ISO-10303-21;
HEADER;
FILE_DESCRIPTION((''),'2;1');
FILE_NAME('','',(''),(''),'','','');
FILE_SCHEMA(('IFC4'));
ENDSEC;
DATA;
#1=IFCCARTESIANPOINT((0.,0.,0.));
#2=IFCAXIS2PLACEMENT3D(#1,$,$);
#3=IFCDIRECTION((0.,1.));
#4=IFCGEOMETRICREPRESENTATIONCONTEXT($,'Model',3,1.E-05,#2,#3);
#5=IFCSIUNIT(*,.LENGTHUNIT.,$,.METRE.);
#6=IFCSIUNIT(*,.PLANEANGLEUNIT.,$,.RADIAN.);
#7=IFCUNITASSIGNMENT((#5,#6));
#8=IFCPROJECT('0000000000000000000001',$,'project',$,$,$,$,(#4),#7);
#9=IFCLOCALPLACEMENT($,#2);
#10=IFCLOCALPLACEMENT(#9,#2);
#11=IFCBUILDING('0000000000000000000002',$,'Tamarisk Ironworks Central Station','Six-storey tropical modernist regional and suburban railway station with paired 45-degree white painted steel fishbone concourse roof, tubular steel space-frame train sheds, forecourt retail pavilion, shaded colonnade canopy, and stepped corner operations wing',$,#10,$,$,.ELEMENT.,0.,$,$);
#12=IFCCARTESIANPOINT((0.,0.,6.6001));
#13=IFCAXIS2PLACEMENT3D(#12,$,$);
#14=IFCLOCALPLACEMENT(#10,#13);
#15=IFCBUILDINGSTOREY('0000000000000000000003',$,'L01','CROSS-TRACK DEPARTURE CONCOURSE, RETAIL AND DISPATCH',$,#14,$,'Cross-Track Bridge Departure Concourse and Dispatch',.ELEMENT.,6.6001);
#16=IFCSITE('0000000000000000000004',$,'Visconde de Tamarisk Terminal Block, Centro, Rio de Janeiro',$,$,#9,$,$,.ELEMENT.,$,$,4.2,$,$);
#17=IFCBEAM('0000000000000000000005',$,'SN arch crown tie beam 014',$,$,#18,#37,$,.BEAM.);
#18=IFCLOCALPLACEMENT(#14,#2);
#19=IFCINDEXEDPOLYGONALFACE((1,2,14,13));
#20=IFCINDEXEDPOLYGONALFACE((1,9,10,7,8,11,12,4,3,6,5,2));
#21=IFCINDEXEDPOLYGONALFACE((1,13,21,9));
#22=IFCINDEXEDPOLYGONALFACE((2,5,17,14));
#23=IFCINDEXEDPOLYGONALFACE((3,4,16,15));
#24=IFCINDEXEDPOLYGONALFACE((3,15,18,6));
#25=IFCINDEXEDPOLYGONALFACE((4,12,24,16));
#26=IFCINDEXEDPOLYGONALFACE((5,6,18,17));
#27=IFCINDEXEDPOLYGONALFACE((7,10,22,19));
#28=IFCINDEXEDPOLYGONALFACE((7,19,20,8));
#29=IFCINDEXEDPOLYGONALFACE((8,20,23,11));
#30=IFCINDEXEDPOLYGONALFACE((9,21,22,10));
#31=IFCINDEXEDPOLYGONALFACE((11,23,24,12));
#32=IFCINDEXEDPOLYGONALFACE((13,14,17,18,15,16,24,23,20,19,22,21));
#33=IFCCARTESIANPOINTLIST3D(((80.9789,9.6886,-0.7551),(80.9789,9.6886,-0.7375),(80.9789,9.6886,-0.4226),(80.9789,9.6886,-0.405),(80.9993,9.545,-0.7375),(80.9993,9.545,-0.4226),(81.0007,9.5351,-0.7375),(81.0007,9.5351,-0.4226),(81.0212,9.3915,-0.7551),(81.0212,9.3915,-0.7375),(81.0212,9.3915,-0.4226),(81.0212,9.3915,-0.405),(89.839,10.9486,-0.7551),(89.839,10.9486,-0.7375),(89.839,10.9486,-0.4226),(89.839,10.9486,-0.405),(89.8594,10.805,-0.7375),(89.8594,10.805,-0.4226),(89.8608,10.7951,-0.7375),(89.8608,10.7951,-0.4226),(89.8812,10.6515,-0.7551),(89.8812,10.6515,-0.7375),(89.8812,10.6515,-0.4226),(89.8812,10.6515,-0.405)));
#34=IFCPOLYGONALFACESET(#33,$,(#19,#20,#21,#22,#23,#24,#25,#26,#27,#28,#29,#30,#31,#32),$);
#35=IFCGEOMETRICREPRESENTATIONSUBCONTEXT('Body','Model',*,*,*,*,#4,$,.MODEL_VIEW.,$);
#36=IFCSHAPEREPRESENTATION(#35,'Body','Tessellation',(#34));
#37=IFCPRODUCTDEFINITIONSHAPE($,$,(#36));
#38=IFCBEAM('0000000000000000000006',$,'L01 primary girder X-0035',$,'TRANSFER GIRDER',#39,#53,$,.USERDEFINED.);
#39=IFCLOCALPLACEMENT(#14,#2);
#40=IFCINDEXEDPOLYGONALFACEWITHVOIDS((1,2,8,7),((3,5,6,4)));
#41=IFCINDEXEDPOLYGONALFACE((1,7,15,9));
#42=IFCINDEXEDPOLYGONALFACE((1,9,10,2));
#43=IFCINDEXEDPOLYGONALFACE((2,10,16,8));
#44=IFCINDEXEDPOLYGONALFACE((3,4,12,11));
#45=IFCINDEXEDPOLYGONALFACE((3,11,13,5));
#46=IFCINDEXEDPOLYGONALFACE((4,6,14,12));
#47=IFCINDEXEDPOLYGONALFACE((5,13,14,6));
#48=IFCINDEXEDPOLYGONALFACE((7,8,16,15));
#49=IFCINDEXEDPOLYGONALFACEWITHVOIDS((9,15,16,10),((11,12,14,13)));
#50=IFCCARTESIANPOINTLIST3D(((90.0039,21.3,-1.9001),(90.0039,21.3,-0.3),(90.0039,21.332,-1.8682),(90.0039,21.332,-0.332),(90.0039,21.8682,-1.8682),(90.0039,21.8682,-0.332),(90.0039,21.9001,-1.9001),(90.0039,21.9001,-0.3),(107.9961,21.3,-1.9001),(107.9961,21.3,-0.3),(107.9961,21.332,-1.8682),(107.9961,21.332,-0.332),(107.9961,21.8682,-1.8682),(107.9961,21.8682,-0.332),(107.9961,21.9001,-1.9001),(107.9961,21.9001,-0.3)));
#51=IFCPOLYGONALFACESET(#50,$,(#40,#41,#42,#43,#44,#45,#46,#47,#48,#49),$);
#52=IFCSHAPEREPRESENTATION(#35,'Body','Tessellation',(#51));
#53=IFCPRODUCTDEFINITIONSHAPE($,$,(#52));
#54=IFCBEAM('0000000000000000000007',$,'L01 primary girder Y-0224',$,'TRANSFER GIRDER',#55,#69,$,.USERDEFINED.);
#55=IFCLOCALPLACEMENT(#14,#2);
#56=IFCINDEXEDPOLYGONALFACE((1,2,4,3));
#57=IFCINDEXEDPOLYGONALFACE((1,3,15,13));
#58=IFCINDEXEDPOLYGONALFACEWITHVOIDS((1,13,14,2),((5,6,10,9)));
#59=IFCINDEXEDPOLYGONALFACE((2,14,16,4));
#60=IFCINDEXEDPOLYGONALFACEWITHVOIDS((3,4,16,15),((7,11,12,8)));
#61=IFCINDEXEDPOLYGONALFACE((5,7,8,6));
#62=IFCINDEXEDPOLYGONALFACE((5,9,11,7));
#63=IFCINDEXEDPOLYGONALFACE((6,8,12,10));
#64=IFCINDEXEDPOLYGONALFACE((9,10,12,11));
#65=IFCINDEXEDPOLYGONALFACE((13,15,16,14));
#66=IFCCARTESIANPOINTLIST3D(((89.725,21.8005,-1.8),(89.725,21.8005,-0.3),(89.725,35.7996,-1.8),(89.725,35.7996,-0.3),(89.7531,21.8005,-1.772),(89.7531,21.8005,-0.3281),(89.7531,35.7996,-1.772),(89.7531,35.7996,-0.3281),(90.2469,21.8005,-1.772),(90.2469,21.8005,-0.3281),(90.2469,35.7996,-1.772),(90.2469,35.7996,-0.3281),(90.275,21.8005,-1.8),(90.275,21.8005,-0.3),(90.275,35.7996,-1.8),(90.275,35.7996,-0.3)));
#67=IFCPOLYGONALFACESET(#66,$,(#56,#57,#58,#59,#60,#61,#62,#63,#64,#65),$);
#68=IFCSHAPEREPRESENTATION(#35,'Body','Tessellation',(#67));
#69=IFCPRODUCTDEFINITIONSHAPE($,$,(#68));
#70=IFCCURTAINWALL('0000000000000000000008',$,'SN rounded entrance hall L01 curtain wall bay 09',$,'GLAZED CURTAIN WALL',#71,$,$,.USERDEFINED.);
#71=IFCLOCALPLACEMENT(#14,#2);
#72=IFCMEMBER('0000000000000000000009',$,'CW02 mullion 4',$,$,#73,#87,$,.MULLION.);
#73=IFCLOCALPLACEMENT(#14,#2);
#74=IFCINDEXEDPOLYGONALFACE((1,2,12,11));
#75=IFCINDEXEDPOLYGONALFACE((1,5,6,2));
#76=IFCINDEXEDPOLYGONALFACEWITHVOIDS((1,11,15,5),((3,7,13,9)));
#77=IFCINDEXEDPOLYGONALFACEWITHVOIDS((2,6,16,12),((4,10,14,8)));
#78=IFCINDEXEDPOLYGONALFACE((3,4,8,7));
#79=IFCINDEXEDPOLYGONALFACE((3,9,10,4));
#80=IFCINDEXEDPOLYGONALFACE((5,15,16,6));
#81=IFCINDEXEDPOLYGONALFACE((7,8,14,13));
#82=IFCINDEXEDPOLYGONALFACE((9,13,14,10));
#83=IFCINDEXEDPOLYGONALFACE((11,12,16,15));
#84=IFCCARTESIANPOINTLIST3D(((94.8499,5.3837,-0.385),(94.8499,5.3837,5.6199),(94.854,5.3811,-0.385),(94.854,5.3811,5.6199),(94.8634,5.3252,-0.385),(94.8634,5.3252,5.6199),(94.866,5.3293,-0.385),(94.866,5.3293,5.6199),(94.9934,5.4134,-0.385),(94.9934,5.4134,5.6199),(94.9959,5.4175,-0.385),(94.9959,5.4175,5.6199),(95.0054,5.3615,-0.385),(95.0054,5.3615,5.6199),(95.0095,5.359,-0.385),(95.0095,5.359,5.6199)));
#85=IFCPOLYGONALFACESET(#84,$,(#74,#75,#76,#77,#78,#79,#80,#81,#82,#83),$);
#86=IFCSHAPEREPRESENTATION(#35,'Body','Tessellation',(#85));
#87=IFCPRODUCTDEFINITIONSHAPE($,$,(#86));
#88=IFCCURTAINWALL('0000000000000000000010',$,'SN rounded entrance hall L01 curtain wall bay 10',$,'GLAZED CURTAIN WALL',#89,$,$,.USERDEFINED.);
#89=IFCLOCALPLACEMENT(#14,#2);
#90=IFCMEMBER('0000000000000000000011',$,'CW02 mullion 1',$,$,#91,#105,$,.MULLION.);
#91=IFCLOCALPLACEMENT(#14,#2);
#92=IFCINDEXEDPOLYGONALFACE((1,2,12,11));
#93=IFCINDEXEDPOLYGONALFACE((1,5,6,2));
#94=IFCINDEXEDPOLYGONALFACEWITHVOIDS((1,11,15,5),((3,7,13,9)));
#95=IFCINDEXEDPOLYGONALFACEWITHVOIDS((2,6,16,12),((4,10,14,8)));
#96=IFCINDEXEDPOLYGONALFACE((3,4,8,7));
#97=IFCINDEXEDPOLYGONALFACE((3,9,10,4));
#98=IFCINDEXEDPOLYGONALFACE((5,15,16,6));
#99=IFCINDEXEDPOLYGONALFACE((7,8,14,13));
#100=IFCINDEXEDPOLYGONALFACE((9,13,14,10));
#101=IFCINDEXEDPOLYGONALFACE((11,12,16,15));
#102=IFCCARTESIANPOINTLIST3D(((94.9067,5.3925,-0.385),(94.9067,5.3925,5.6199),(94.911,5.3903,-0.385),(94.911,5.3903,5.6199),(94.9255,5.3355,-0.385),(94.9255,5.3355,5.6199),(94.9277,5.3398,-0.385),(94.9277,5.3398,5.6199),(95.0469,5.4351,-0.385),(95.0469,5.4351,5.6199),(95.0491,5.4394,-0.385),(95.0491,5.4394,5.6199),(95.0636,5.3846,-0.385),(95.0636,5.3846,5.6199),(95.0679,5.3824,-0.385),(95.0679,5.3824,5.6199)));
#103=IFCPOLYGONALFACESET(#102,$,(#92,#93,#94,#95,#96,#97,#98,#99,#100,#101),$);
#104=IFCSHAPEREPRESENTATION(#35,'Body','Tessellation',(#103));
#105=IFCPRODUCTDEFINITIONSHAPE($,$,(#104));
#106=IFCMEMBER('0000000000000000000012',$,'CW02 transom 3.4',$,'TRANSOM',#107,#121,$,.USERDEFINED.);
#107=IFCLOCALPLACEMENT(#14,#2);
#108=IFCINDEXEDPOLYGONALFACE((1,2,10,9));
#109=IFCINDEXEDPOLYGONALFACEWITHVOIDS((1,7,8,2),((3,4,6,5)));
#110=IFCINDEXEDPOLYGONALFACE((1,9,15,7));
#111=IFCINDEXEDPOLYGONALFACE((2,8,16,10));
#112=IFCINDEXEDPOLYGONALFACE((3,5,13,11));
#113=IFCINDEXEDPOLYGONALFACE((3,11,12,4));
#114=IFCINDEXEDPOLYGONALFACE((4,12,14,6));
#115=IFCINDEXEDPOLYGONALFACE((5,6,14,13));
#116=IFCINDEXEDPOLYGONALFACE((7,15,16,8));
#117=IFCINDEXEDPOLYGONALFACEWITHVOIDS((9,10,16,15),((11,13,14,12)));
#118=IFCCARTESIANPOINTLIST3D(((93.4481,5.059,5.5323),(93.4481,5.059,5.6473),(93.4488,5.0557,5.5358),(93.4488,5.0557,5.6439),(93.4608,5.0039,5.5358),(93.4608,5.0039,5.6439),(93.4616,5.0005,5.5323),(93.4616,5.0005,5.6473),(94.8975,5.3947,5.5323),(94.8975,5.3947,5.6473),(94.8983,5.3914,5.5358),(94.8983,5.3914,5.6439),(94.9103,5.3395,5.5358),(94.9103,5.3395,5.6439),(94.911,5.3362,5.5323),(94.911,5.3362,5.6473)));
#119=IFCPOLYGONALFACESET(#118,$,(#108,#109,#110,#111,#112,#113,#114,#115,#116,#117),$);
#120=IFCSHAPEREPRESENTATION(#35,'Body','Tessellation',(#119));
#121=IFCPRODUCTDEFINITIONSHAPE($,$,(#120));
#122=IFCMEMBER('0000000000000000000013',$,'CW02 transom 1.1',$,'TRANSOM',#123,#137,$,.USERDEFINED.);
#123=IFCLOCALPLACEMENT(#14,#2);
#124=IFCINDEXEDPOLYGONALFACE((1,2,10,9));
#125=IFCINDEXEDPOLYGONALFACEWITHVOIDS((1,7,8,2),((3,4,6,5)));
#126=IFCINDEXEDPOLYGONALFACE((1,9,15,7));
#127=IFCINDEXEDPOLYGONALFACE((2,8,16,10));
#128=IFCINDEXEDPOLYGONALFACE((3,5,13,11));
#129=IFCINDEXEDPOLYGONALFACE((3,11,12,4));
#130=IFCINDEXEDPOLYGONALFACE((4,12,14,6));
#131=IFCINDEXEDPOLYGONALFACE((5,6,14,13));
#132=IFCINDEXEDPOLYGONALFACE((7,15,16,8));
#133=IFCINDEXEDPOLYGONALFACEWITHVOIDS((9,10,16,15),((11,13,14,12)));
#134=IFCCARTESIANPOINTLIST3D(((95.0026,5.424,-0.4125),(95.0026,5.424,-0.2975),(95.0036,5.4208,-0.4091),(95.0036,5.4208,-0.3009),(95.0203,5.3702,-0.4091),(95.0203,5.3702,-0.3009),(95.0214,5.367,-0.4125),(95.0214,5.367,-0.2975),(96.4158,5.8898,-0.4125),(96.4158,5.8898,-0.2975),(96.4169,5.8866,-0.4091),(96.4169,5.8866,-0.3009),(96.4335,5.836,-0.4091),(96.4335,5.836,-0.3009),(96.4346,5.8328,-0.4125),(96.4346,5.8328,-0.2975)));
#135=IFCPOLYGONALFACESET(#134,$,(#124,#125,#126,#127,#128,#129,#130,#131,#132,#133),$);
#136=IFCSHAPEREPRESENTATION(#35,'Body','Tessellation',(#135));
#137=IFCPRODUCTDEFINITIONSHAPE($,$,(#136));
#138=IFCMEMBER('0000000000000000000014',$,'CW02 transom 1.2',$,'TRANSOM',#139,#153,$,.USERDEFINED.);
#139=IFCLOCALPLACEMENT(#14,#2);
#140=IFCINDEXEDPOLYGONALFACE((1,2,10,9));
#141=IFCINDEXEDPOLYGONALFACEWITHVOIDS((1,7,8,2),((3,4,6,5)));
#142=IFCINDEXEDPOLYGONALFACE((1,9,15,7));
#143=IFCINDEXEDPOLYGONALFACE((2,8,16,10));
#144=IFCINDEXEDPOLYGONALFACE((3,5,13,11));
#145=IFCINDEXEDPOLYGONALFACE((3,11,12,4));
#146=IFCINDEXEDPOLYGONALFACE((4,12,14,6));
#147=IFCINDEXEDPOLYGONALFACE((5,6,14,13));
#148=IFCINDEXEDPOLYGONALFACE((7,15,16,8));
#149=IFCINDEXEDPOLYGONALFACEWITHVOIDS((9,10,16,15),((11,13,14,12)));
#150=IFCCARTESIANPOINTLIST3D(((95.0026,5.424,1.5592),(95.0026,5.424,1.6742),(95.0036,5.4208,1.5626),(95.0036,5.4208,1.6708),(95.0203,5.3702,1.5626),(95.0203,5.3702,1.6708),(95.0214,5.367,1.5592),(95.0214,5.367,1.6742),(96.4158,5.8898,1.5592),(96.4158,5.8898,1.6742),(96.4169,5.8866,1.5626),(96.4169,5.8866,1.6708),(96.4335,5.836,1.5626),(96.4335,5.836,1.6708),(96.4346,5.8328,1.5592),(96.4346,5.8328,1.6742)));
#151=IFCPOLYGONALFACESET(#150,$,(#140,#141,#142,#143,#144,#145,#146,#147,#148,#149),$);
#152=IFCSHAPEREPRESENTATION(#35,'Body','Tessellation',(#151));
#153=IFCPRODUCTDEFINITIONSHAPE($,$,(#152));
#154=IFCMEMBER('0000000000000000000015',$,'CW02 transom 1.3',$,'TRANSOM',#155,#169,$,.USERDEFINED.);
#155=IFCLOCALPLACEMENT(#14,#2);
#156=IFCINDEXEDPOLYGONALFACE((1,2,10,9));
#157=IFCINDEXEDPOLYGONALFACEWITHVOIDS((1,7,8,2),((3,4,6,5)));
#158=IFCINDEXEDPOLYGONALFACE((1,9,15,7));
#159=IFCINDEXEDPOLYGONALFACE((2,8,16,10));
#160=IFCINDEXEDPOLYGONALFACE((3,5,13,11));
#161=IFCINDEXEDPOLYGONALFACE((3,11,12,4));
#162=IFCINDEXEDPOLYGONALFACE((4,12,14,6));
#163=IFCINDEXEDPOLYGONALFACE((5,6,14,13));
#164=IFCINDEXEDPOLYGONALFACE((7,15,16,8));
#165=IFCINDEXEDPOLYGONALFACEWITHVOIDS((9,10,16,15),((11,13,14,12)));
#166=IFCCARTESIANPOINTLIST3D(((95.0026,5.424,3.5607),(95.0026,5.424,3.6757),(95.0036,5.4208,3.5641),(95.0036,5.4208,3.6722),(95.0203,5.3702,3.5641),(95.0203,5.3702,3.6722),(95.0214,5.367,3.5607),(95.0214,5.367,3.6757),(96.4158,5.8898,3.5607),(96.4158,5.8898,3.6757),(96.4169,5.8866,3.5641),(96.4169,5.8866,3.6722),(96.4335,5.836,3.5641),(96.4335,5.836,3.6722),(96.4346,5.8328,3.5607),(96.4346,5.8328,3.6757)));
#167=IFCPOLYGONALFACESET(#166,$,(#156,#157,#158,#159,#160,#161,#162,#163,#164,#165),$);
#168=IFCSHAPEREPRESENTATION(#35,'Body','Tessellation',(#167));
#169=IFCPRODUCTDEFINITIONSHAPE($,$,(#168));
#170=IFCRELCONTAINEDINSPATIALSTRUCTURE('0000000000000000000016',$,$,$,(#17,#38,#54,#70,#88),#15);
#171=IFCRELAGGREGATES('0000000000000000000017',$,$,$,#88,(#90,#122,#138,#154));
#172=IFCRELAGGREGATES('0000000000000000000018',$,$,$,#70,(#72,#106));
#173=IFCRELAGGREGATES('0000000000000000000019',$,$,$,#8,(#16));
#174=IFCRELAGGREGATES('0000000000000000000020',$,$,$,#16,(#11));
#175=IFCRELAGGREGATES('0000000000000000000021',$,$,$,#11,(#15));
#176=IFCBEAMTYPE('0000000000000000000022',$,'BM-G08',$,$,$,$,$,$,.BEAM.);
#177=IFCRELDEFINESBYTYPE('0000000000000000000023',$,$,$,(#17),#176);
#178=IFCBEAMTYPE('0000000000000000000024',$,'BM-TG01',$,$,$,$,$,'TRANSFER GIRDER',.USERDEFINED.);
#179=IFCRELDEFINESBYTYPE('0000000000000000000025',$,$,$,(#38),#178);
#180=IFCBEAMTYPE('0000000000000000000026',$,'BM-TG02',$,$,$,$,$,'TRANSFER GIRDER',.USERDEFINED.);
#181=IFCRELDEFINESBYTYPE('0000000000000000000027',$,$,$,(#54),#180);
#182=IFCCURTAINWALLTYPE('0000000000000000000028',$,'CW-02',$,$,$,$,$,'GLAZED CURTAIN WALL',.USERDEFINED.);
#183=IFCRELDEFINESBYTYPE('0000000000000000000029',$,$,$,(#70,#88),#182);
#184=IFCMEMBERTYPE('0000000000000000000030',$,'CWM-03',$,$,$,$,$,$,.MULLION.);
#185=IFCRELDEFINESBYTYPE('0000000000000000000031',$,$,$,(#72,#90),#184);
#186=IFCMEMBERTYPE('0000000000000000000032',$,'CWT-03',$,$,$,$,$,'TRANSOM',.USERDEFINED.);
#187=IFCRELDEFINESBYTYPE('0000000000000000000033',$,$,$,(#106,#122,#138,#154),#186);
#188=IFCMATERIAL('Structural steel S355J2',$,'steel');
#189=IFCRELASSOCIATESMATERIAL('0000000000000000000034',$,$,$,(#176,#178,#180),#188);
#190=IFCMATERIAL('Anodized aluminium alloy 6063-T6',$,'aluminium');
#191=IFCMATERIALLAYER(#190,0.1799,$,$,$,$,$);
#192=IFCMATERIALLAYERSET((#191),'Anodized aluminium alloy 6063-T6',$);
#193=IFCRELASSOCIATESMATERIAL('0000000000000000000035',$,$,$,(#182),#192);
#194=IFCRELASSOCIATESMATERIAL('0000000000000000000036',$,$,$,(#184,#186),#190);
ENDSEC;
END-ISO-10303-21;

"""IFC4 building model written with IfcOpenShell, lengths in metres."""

from ifc_helpers import new_model, si_unit, direction, frame, origin, origin_2d, place, context, subcontext, project, spatial, hollow_rectangle, i_section, extrude, material, layer, layer_set, material_profile, profile_set, type_object, element, aggregate, save


model = new_model("IFC4")

# Units and contexts
model_context = context("Model", 3, precision=1e-05, world=origin(), true_north=direction((0.0, 1.0)))
body_context = subcontext(model_context, "Body", "Model", "MODEL_VIEW")
ifc_project = project(units=[si_unit("LENGTHUNIT", "METRE"), si_unit("PLANEANGLEUNIT", "RADIAN")], contexts=[model_context])

# Site, building, storey
site_placement = place(None, origin())
site = spatial("IfcSite", under=ifc_project, at=site_placement, Name="Visconde de Tamarisk Terminal Block, Centro, Rio de Janeiro", CompositionType="ELEMENT", RefElevation=4.2)
building_placement = place(site_placement, origin())
building = spatial("IfcBuilding", under=site, at=building_placement, Name="Tamarisk Ironworks Central Station", Description="Six-storey tropical modernist regional and suburban railway station with paired 45-degree white painted steel fishbone concourse roof, tubular steel space-frame train sheds, forecourt retail pavilion, shaded colonnade canopy, and stepped corner operations wing", CompositionType="ELEMENT", ElevationOfRefHeight=0.0)
storey_placement = place(building_placement, frame((0.0, 0.0, 6.6001)))
storey = spatial("IfcBuildingStorey", under=building, at=storey_placement, Name="L01", Description="CROSS-TRACK DEPARTURE CONCOURSE, RETAIL AND DISPATCH", LongName="Cross-Track Bridge Departure Concourse and Dispatch", CompositionType="ELEMENT", Elevation=6.6001)

# Shared definitions
ifc_material_1 = material(Name="Structural steel S355J2", Category="steel")

# Beams
ifc_material_profile_1 = material_profile(ifc_material_1, i_section(OverallWidth=0.3, OverallDepth=0.3501, WebThickness=0.01, FlangeThickness=0.0176, at=origin_2d()), Name="HEA 360")
ifc_profile_set_1 = profile_set([ifc_material_profile_1], Name="Structural steel S355J2")
beam_type_1 = type_object("IfcBeamType", Name="BM-G08", PredefinedType="BEAM", material=ifc_profile_set_1)
beam_1_placement = place(storey_placement, frame((89.8601, 10.8, -0.5801), z_axis=(-0.990039, -0.140795, 0.0), x_axis=(0.140795, -0.990039, 0.0)))
element("IfcBeam", 1, at=beam_1_placement, inside=storey, type_object=beam_type_1, Name="SN arch crown tie beam 014", PredefinedType="BEAM", context=body_context, shape_type="SweptSolid", body=[
    extrude(i_section(OverallWidth=0.3, OverallDepth=0.3501, WebThickness=0.01, FlangeThickness=0.0176, at=origin_2d()), origin(), (0.0, 0.0, 1.0), 8.9492),
])
ifc_material_profile_2 = material_profile(ifc_material_1, hollow_rectangle(XDim=0.6001, YDim=1.6001, WallThickness=0.032, at=origin_2d()), Name="BOX 600x1600x32")
ifc_profile_set_2 = profile_set([ifc_material_profile_2], Name="Structural steel S355J2")
beam_type_2 = type_object("IfcBeamType", Name="BM-TG01", ElementType="TRANSFER GIRDER", PredefinedType="USERDEFINED", material=ifc_profile_set_2)
beam_2_placement = place(storey_placement, frame((90.0039, 21.6001, -1.1001), z_axis=(1.0, 0.0, 0.0), x_axis=(0.0, 1.0, 0.0)))
element("IfcBeam", 2, at=beam_2_placement, inside=storey, type_object=beam_type_2, Name="L01 primary girder X-0035", ObjectType="TRANSFER GIRDER", PredefinedType="USERDEFINED", context=body_context, shape_type="SweptSolid", body=[
    extrude(hollow_rectangle(XDim=0.6001, YDim=1.6001, WallThickness=0.032, at=origin_2d()), origin(), (0.0, 0.0, 1.0), 17.9922),
])
ifc_material_profile_3 = material_profile(ifc_material_1, hollow_rectangle(XDim=0.55, YDim=1.5, WallThickness=0.0281, at=origin_2d()), Name="BOX 550x1500x28")
ifc_profile_set_3 = profile_set([ifc_material_profile_3], Name="Structural steel S355J2")
beam_type_3 = type_object("IfcBeamType", Name="BM-TG02", ElementType="TRANSFER GIRDER", PredefinedType="USERDEFINED", material=ifc_profile_set_3)
beam_3_placement = place(storey_placement, frame((90.0, 21.8005, -1.05), z_axis=(0.0, 1.0, 0.0), x_axis=(-1.0, 0.0, 0.0)))
element("IfcBeam", 3, at=beam_3_placement, inside=storey, type_object=beam_type_3, Name="L01 primary girder Y-0224", ObjectType="TRANSFER GIRDER", PredefinedType="USERDEFINED", context=body_context, shape_type="SweptSolid", body=[
    extrude(hollow_rectangle(XDim=0.55, YDim=1.5, WallThickness=0.0281, at=origin_2d()), origin(), (0.0, 0.0, 1.0), 13.999),
])

# Curtain walls, members
ifc_material_2 = material(Name="Anodized aluminium alloy 6063-T6", Category="aluminium")
ifc_layer_1 = layer(ifc_material_2, 0.1799)
ifc_layer_set_1 = layer_set([ifc_layer_1], Name="Anodized aluminium alloy 6063-T6")
curtain_wall_type = type_object("IfcCurtainWallType", Name="CW-02", ElementType="GLAZED CURTAIN WALL", PredefinedType="USERDEFINED", material=ifc_layer_set_1)
curtain_wall_1_placement = place(storey_placement, origin())
curtain_wall_1 = element("IfcCurtainWall", 4, at=curtain_wall_1_placement, inside=storey, type_object=curtain_wall_type, Name="SN rounded entrance hall L01 curtain wall bay 09", ObjectType="GLAZED CURTAIN WALL", PredefinedType="USERDEFINED")
ifc_material_profile_4 = material_profile(ifc_material_2, hollow_rectangle(XDim=0.0601, YDim=0.1499, WallThickness=0.0034, at=origin_2d()), Name="ALUM 150x60")
ifc_profile_set_4 = profile_set([ifc_material_profile_4], Name="Anodized aluminium alloy 6063-T6")
member_type_1 = type_object("IfcMemberType", Name="CWM-03", PredefinedType="MULLION", material=ifc_profile_set_4)
member_1_placement = place(storey_placement, frame((94.9297, 5.3713, -0.385), z_axis=(0.0, 0.0, 1.0), x_axis=(-0.225517, 0.974239, 0.0)))
member_1 = element("IfcMember", 5, at=member_1_placement, type_object=member_type_1, Name="CW02 mullion 4", PredefinedType="MULLION", context=body_context, shape_type="SweptSolid", body=[
    extrude(hollow_rectangle(XDim=0.0601, YDim=0.1499, WallThickness=0.0034, at=origin_2d()), origin(), (0.0, 0.0, 1.0), 6.0049),
])
curtain_wall_2_placement = place(storey_placement, origin())
curtain_wall_2 = element("IfcCurtainWall", 6, at=curtain_wall_2_placement, inside=storey, type_object=curtain_wall_type, Name="SN rounded entrance hall L01 curtain wall bay 10", ObjectType="GLAZED CURTAIN WALL", PredefinedType="USERDEFINED")
member_2_placement = place(storey_placement, frame((94.9873, 5.3875, -0.385), z_axis=(0.0, 0.0, 1.0), x_axis=(-0.313098, 0.949721, 0.0)))
member_2 = element("IfcMember", 7, at=member_2_placement, type_object=member_type_1, Name="CW02 mullion 1", PredefinedType="MULLION", context=body_context, shape_type="SweptSolid", body=[
    extrude(hollow_rectangle(XDim=0.0601, YDim=0.1499, WallThickness=0.0034, at=origin_2d()), origin(), (0.0, 0.0, 1.0), 6.0049),
])

# Members
ifc_material_profile_5 = material_profile(ifc_material_2, hollow_rectangle(XDim=0.0601, YDim=0.115, WallThickness=0.0034, at=origin_2d()), Name="ALUM 115x60")
ifc_profile_set_5 = profile_set([ifc_material_profile_5], Name="Anodized aluminium alloy 6063-T6")
member_type_2 = type_object("IfcMemberType", Name="CWT-03", ElementType="TRANSOM", PredefinedType="USERDEFINED", material=ifc_profile_set_5)
member_3_placement = place(storey_placement, frame((93.4548, 5.0298, 5.5898), z_axis=(0.974214, 0.225626, 0.0), x_axis=(-0.225626, 0.974214, 0.0)))
member_3 = element("IfcMember", 8, at=member_3_placement, type_object=member_type_2, Name="CW02 transom 3.4", ObjectType="TRANSOM", PredefinedType="USERDEFINED", context=body_context, shape_type="SweptSolid", body=[
    extrude(hollow_rectangle(XDim=0.0601, YDim=0.115, WallThickness=0.0034, at=origin_2d()), origin(), (0.0, 0.0, 1.0), 1.4878),
])
member_4_placement = place(storey_placement, frame((95.012, 5.3955, -0.355), z_axis=(0.949744, 0.313027, 0.0), x_axis=(-0.313027, 0.949744, 0.0)))
member_4 = element("IfcMember", 9, at=member_4_placement, type_object=member_type_2, Name="CW02 transom 1.1", ObjectType="TRANSOM", PredefinedType="USERDEFINED", context=body_context, shape_type="SweptSolid", body=[
    extrude(hollow_rectangle(XDim=0.0601, YDim=0.115, WallThickness=0.0034, at=origin_2d()), origin(), (0.0, 0.0, 1.0), 1.488),
])
member_5_placement = place(storey_placement, frame((95.012, 5.3955, 1.6167), z_axis=(0.949744, 0.313027, 0.0), x_axis=(-0.313027, 0.949744, 0.0)))
member_5 = element("IfcMember", 10, at=member_5_placement, type_object=member_type_2, Name="CW02 transom 1.2", ObjectType="TRANSOM", PredefinedType="USERDEFINED", context=body_context, shape_type="SweptSolid", body=[
    extrude(hollow_rectangle(XDim=0.0601, YDim=0.115, WallThickness=0.0034, at=origin_2d()), origin(), (0.0, 0.0, 1.0), 1.488),
])
member_6_placement = place(storey_placement, frame((95.012, 5.3955, 3.6182), z_axis=(0.949744, 0.313027, 0.0), x_axis=(-0.313027, 0.949744, 0.0)))
member_6 = element("IfcMember", 11, at=member_6_placement, type_object=member_type_2, Name="CW02 transom 1.3", ObjectType="TRANSOM", PredefinedType="USERDEFINED", context=body_context, shape_type="SweptSolid", body=[
    extrude(hollow_rectangle(XDim=0.0601, YDim=0.115, WallThickness=0.0034, at=origin_2d()), origin(), (0.0, 0.0, 1.0), 1.488),
])
aggregate(curtain_wall_2, [member_2, member_4, member_5, member_6])

aggregate(curtain_wall_1, [member_1, member_3])

save(model, "model.ifc")
